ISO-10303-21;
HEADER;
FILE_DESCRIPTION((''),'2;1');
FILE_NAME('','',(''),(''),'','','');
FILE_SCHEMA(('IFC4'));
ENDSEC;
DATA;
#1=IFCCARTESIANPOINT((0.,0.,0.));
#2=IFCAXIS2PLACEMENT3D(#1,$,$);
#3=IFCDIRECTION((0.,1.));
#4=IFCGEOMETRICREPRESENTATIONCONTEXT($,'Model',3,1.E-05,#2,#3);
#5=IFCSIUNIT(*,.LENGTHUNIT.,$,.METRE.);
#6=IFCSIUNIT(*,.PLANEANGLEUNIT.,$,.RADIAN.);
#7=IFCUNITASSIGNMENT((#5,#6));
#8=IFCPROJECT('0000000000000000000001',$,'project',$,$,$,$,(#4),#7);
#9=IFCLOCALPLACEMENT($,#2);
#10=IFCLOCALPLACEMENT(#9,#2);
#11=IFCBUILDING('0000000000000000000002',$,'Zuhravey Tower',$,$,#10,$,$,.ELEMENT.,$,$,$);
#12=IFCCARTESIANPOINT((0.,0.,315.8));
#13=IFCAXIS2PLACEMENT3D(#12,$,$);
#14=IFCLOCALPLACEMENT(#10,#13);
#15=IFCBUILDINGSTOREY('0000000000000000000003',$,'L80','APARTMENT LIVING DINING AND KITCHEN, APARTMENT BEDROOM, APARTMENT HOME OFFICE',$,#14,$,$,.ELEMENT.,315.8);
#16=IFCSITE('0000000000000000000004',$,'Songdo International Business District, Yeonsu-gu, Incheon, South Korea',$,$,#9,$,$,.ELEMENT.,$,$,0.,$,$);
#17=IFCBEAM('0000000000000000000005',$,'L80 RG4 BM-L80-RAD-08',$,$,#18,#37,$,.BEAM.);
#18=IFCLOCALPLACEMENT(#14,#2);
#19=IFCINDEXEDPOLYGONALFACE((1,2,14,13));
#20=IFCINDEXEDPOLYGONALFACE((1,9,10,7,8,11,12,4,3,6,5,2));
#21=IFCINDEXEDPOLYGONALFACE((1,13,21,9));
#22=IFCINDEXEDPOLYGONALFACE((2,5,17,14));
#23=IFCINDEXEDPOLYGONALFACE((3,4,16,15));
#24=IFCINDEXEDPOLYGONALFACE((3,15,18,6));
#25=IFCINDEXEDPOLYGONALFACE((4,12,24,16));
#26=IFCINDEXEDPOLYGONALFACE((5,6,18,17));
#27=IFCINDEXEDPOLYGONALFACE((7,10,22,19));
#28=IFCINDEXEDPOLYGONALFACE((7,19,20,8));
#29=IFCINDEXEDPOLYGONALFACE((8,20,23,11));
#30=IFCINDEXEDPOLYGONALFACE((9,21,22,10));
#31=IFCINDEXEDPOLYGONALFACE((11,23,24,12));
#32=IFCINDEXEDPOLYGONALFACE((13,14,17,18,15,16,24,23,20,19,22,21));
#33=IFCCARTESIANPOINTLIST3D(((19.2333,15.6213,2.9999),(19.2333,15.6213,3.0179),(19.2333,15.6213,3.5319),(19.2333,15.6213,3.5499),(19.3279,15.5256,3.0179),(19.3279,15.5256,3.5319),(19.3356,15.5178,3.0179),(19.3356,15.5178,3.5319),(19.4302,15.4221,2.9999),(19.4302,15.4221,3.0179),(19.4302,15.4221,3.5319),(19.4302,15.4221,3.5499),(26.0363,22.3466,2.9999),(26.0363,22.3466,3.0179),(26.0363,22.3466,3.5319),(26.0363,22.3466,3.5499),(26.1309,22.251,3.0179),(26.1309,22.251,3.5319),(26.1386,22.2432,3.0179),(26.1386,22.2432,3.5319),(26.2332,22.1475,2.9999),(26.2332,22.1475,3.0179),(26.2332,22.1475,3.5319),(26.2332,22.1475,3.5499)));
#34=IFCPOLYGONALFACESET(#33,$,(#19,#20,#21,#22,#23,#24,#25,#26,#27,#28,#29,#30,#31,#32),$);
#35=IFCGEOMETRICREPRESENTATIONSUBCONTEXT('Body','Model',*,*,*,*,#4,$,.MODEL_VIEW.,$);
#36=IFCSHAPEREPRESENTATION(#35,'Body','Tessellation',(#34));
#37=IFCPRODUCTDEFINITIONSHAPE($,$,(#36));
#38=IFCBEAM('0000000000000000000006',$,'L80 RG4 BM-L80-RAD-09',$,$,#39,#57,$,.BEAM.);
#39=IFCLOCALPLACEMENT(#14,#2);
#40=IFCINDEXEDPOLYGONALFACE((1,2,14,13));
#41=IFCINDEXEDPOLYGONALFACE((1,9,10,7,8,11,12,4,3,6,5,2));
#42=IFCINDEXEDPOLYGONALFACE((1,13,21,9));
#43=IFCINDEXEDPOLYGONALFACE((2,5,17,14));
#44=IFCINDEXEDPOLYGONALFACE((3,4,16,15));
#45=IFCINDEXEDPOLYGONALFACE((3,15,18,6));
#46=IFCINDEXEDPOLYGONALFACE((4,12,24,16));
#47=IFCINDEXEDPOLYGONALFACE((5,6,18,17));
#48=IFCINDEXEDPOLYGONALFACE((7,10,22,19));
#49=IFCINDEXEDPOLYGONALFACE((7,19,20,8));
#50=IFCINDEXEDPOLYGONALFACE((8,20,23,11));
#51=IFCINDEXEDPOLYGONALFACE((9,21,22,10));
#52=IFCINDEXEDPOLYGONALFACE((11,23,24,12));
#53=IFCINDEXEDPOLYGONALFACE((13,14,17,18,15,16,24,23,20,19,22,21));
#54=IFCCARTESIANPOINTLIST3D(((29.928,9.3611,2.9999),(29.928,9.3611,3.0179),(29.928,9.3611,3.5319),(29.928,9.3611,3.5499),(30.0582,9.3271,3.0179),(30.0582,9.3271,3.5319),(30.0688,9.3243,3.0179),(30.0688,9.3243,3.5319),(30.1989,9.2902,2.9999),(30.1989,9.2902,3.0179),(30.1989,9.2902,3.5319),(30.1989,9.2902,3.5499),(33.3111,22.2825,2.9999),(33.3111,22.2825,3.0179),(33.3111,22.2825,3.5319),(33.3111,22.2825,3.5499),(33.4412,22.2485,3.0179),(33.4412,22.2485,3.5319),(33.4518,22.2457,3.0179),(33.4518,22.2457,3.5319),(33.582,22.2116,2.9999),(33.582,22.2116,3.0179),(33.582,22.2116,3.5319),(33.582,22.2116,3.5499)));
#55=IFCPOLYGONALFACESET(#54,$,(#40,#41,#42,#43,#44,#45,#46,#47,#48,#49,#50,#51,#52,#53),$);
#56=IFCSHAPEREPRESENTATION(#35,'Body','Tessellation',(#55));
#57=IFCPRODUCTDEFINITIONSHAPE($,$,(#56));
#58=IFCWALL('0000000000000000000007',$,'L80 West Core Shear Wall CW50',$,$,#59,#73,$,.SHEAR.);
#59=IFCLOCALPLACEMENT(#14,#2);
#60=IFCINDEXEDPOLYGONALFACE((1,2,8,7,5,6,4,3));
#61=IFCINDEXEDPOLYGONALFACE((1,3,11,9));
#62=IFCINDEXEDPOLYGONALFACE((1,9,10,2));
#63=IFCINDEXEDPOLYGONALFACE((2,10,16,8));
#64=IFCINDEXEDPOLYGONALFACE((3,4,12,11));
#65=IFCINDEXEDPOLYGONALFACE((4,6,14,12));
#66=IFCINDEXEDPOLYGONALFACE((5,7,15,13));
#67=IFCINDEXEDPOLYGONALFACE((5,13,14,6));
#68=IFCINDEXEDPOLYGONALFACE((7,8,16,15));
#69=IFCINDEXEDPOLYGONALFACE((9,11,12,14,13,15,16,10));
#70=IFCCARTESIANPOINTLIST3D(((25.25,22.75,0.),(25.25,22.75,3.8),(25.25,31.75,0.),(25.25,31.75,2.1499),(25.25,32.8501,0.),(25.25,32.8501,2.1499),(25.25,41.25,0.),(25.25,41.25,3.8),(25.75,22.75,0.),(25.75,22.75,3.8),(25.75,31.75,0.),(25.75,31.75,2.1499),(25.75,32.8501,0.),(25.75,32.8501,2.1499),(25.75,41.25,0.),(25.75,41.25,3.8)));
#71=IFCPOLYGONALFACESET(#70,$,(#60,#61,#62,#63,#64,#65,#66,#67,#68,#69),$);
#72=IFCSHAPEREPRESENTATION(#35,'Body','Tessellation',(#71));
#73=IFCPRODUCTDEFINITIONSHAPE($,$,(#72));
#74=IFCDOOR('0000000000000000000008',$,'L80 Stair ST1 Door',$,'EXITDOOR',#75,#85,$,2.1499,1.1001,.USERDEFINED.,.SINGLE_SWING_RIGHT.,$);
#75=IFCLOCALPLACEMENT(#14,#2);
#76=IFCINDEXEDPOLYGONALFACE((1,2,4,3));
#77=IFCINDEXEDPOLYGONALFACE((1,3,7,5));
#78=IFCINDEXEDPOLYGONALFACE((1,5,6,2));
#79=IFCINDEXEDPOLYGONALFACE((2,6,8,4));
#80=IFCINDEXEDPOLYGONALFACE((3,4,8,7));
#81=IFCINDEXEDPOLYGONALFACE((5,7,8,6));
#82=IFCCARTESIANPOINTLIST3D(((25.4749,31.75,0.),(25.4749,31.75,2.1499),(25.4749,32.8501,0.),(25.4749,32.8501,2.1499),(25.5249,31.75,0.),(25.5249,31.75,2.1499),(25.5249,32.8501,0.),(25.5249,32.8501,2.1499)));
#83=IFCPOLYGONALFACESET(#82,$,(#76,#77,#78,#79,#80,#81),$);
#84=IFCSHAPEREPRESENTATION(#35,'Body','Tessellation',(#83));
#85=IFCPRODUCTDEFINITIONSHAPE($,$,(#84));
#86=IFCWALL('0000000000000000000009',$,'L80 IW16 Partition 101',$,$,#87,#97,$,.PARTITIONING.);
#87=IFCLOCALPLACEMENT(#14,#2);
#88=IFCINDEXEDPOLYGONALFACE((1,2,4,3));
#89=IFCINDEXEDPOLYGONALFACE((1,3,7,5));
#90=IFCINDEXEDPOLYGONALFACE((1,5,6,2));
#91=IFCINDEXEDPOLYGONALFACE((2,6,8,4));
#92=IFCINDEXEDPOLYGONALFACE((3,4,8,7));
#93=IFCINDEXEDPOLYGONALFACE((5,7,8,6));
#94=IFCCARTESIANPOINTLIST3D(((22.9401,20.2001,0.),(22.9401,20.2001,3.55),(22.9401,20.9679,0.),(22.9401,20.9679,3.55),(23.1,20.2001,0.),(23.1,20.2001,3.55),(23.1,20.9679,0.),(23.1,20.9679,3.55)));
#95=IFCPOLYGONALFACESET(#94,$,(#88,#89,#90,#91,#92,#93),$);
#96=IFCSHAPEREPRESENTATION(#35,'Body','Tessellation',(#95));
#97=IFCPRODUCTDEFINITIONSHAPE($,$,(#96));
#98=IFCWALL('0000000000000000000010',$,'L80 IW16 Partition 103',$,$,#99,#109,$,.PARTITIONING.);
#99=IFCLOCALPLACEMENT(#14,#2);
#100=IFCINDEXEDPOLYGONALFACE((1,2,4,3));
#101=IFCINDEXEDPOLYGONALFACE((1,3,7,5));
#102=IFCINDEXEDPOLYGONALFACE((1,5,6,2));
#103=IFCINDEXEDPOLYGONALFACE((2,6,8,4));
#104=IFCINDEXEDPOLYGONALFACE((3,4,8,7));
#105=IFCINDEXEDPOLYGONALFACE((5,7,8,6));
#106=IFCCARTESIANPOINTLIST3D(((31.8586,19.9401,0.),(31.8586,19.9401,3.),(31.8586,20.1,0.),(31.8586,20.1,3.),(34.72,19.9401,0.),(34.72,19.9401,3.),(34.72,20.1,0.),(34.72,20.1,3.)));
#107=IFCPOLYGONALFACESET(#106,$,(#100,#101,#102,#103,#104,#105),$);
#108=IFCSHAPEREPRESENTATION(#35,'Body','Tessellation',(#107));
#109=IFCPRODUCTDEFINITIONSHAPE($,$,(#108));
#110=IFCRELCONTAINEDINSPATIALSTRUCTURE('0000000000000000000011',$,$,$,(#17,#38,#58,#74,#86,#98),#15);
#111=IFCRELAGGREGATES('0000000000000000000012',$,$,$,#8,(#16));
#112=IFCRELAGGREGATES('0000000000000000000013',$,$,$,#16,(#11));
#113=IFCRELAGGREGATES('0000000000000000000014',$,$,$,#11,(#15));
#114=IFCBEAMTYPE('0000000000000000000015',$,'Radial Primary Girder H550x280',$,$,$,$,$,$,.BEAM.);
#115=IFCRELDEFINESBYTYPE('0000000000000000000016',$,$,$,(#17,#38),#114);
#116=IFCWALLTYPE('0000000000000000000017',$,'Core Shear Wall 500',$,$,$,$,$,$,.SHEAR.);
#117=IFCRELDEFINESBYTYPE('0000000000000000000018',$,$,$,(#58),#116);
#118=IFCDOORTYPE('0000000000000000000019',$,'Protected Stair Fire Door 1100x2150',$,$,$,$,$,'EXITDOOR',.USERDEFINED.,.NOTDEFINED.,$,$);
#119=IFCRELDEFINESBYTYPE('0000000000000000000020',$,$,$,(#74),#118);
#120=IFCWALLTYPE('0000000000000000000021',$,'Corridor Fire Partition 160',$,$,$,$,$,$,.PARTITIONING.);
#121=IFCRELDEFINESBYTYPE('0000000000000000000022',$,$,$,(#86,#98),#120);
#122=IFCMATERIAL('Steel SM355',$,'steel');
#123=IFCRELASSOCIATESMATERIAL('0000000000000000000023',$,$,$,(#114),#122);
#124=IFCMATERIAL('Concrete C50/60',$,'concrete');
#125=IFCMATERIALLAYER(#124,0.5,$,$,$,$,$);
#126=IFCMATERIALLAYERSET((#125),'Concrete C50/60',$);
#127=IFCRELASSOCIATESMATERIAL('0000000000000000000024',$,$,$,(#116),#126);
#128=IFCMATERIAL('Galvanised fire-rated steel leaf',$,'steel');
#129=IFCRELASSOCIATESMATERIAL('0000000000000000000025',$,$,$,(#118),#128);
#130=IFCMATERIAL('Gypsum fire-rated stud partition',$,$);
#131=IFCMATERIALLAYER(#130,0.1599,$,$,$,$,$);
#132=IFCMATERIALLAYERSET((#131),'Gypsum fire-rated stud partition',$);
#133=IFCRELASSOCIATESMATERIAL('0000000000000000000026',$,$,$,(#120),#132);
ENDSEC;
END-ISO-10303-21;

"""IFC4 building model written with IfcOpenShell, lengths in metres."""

from ifc_helpers import new_model, si_unit, direction, frame, frame_2d, origin, origin_2d, place, context, subcontext, project, spatial, rectangle, i_section, extrude, material, layer, layer_set, material_profile, profile_set, type_object, element, fill, save


model = new_model("IFC4")

# Units and contexts
model_context = context("Model", 3, precision=1e-05, world=origin(), true_north=direction((0.0, 1.0)))
body_context = subcontext(model_context, "Body", "Model", "MODEL_VIEW")
ifc_project = project(units=[si_unit("LENGTHUNIT", "METRE"), si_unit("PLANEANGLEUNIT", "RADIAN")], contexts=[model_context])

# Site, building, storey
site_placement = place(None, origin())
site = spatial("IfcSite", under=ifc_project, at=site_placement, Name="Songdo International Business District, Yeonsu-gu, Incheon, South Korea", CompositionType="ELEMENT", RefElevation=0.0)
building_placement = place(site_placement, origin())
building = spatial("IfcBuilding", under=site, at=building_placement, Name="Zuhravey Tower", CompositionType="ELEMENT")
storey_placement = place(building_placement, frame((0.0, 0.0, 315.8)))
storey = spatial("IfcBuildingStorey", under=building, at=storey_placement, Name="L80", Description="APARTMENT LIVING DINING AND KITCHEN, APARTMENT BEDROOM, APARTMENT HOME OFFICE", CompositionType="ELEMENT", Elevation=315.8)

# Beams
ifc_material_1 = material(Name="Steel SM355", Category="steel")
ifc_material_profile = material_profile(ifc_material_1, i_section(OverallWidth=0.28, OverallDepth=0.55, WebThickness=0.011, FlangeThickness=0.0181, at=origin_2d()), Name="H-550x280x11x18")
ifc_profile_set = profile_set([ifc_material_profile], Name="Steel SM355")
beam_type = type_object("IfcBeamType", Name="Radial Primary Girder H550x280", PredefinedType="BEAM", material=ifc_profile_set)
beam_1_placement = place(storey_placement, frame((26.1348, 22.2471, 3.2749), z_axis=(-0.711153, -0.703037, 0.0), x_axis=(0.703037, -0.711153, 0.0)))
element("IfcBeam", 1, at=beam_1_placement, inside=storey, type_object=beam_type, Name="L80 RG4 BM-L80-RAD-08", PredefinedType="BEAM", context=body_context, shape_type="SweptSolid", body=[
    extrude(i_section(OverallWidth=0.28, OverallDepth=0.55, WebThickness=0.011, FlangeThickness=0.0181, at=origin_2d()), origin(), (0.0, 0.0, 1.0), 9.5662),
])
beam_2_placement = place(storey_placement, frame((33.4465, 22.2471, 3.2749), z_axis=(-0.253281, -0.967393, 0.0), x_axis=(0.967393, -0.253281, 0.0)))
element("IfcBeam", 2, at=beam_2_placement, inside=storey, type_object=beam_type, Name="L80 RG4 BM-L80-RAD-09", PredefinedType="BEAM", context=body_context, shape_type="SweptSolid", body=[
    extrude(i_section(OverallWidth=0.28, OverallDepth=0.55, WebThickness=0.011, FlangeThickness=0.0181, at=origin_2d()), origin(), (0.0, 0.0, 1.0), 13.3569),
])

# Wall, opening, door
ifc_material_2 = material(Name="Concrete C50/60", Category="concrete")
ifc_layer_1 = layer(ifc_material_2, 0.5)
ifc_layer_set_1 = layer_set([ifc_layer_1], Name="Concrete C50/60")
wall_type_1 = type_object("IfcWallType", Name="Core Shear Wall 500", PredefinedType="SHEAR", material=ifc_layer_set_1)
ifc_material_3 = material(Name="Galvanised fire-rated steel leaf", Category="steel")
wall_1_placement = place(storey_placement, frame((25.5, 22.75, 0.0), z_axis=(0.0, 0.0, 1.0), x_axis=(0.0, 1.0, 0.0)))
wall_1 = element("IfcWall", 3, at=wall_1_placement, inside=storey, type_object=wall_type_1, Name="L80 West Core Shear Wall CW50", PredefinedType="SHEAR", context=body_context, shape_type="SweptSolid", body=[
    extrude(rectangle(XDim=18.5, YDim=0.5, at=frame_2d((9.25, 0.0))), origin(), (0.0, 0.0, 1.0), 3.8),
])
opening_1_placement = place(wall_1_placement, frame((9.0, 0.0, 0.0)))
opening_1 = element("IfcOpeningElement", 4, at=opening_1_placement, cuts=wall_1, PredefinedType="OPENING", context=body_context, shape_type="SweptSolid", body=[
    extrude(rectangle(XDim=1.1001, YDim=2.1499, at=frame_2d((0.55, 1.075))), frame((0.0, 0.262, 0.0), z_axis=(0.0, -1.0, 0.0), x_axis=(1.0, 0.0, 0.0)), (0.0, 0.0, 1.0), 0.5239),
])
door_type_1 = type_object("IfcDoorType", Name="Protected Stair Fire Door 1100x2150", ElementType="EXITDOOR", OperationType="NOTDEFINED", PredefinedType="USERDEFINED", material=ifc_material_3)
door_1_placement = place(opening_1_placement, frame((1.1001, 0.0, 0.0), z_axis=(0.0, 0.0, 1.0), x_axis=(-1.0, 0.0, 0.0)))
door_1 = element("IfcDoor", 5, at=door_1_placement, inside=storey, type_object=door_type_1, Name="L80 Stair ST1 Door", ObjectType="EXITDOOR", OperationType="SINGLE_SWING_RIGHT", OverallHeight=2.1499, OverallWidth=1.1001, PredefinedType="USERDEFINED", context=body_context, shape_type="SweptSolid", body=[
    extrude(rectangle(XDim=1.1001, YDim=2.1499, at=frame_2d((0.55, 1.075))), frame((0.0, 0.0249, 0.0), z_axis=(0.0, -1.0, 0.0), x_axis=(1.0, 0.0, 0.0)), (0.0, 0.0, 1.0), 0.05),
])
fill(opening_1, door_1)

# Walls
ifc_material_4 = material(Name="Gypsum fire-rated stud partition")
ifc_layer_2 = layer(ifc_material_4, 0.1599)
ifc_layer_set_2 = layer_set([ifc_layer_2], Name="Gypsum fire-rated stud partition")
wall_type_2 = type_object("IfcWallType", Name="Corridor Fire Partition 160", PredefinedType="PARTITIONING", material=ifc_layer_set_2)
wall_2_placement = place(storey_placement, frame((23.02, 20.9678, 0.0), z_axis=(0.0, 0.0, 1.0), x_axis=(0.0, -1.0, 0.0)))
element("IfcWall", 6, at=wall_2_placement, inside=storey, type_object=wall_type_2, Name="L80 IW16 Partition 101", PredefinedType="PARTITIONING", context=body_context, shape_type="SweptSolid", body=[
    extrude(rectangle(XDim=0.7678, YDim=0.1599, at=frame_2d((0.3838, 0.0))), origin(), (0.0, 0.0, 1.0), 3.55),
])
wall_3_placement = place(storey_placement, frame((31.8586, 20.02, 0.0), z_axis=(0.0, 0.0, 1.0), x_axis=(1.0, 0.0, 0.0)))
element("IfcWall", 7, at=wall_3_placement, inside=storey, type_object=wall_type_2, Name="L80 IW16 Partition 103", PredefinedType="PARTITIONING", context=body_context, shape_type="SweptSolid", body=[
    extrude(rectangle(XDim=2.8613, YDim=0.1599, at=frame_2d((1.4307, 0.0))), origin(), (0.0, 0.0, 1.0), 3.0),
])

save(model, "model.ifc")
